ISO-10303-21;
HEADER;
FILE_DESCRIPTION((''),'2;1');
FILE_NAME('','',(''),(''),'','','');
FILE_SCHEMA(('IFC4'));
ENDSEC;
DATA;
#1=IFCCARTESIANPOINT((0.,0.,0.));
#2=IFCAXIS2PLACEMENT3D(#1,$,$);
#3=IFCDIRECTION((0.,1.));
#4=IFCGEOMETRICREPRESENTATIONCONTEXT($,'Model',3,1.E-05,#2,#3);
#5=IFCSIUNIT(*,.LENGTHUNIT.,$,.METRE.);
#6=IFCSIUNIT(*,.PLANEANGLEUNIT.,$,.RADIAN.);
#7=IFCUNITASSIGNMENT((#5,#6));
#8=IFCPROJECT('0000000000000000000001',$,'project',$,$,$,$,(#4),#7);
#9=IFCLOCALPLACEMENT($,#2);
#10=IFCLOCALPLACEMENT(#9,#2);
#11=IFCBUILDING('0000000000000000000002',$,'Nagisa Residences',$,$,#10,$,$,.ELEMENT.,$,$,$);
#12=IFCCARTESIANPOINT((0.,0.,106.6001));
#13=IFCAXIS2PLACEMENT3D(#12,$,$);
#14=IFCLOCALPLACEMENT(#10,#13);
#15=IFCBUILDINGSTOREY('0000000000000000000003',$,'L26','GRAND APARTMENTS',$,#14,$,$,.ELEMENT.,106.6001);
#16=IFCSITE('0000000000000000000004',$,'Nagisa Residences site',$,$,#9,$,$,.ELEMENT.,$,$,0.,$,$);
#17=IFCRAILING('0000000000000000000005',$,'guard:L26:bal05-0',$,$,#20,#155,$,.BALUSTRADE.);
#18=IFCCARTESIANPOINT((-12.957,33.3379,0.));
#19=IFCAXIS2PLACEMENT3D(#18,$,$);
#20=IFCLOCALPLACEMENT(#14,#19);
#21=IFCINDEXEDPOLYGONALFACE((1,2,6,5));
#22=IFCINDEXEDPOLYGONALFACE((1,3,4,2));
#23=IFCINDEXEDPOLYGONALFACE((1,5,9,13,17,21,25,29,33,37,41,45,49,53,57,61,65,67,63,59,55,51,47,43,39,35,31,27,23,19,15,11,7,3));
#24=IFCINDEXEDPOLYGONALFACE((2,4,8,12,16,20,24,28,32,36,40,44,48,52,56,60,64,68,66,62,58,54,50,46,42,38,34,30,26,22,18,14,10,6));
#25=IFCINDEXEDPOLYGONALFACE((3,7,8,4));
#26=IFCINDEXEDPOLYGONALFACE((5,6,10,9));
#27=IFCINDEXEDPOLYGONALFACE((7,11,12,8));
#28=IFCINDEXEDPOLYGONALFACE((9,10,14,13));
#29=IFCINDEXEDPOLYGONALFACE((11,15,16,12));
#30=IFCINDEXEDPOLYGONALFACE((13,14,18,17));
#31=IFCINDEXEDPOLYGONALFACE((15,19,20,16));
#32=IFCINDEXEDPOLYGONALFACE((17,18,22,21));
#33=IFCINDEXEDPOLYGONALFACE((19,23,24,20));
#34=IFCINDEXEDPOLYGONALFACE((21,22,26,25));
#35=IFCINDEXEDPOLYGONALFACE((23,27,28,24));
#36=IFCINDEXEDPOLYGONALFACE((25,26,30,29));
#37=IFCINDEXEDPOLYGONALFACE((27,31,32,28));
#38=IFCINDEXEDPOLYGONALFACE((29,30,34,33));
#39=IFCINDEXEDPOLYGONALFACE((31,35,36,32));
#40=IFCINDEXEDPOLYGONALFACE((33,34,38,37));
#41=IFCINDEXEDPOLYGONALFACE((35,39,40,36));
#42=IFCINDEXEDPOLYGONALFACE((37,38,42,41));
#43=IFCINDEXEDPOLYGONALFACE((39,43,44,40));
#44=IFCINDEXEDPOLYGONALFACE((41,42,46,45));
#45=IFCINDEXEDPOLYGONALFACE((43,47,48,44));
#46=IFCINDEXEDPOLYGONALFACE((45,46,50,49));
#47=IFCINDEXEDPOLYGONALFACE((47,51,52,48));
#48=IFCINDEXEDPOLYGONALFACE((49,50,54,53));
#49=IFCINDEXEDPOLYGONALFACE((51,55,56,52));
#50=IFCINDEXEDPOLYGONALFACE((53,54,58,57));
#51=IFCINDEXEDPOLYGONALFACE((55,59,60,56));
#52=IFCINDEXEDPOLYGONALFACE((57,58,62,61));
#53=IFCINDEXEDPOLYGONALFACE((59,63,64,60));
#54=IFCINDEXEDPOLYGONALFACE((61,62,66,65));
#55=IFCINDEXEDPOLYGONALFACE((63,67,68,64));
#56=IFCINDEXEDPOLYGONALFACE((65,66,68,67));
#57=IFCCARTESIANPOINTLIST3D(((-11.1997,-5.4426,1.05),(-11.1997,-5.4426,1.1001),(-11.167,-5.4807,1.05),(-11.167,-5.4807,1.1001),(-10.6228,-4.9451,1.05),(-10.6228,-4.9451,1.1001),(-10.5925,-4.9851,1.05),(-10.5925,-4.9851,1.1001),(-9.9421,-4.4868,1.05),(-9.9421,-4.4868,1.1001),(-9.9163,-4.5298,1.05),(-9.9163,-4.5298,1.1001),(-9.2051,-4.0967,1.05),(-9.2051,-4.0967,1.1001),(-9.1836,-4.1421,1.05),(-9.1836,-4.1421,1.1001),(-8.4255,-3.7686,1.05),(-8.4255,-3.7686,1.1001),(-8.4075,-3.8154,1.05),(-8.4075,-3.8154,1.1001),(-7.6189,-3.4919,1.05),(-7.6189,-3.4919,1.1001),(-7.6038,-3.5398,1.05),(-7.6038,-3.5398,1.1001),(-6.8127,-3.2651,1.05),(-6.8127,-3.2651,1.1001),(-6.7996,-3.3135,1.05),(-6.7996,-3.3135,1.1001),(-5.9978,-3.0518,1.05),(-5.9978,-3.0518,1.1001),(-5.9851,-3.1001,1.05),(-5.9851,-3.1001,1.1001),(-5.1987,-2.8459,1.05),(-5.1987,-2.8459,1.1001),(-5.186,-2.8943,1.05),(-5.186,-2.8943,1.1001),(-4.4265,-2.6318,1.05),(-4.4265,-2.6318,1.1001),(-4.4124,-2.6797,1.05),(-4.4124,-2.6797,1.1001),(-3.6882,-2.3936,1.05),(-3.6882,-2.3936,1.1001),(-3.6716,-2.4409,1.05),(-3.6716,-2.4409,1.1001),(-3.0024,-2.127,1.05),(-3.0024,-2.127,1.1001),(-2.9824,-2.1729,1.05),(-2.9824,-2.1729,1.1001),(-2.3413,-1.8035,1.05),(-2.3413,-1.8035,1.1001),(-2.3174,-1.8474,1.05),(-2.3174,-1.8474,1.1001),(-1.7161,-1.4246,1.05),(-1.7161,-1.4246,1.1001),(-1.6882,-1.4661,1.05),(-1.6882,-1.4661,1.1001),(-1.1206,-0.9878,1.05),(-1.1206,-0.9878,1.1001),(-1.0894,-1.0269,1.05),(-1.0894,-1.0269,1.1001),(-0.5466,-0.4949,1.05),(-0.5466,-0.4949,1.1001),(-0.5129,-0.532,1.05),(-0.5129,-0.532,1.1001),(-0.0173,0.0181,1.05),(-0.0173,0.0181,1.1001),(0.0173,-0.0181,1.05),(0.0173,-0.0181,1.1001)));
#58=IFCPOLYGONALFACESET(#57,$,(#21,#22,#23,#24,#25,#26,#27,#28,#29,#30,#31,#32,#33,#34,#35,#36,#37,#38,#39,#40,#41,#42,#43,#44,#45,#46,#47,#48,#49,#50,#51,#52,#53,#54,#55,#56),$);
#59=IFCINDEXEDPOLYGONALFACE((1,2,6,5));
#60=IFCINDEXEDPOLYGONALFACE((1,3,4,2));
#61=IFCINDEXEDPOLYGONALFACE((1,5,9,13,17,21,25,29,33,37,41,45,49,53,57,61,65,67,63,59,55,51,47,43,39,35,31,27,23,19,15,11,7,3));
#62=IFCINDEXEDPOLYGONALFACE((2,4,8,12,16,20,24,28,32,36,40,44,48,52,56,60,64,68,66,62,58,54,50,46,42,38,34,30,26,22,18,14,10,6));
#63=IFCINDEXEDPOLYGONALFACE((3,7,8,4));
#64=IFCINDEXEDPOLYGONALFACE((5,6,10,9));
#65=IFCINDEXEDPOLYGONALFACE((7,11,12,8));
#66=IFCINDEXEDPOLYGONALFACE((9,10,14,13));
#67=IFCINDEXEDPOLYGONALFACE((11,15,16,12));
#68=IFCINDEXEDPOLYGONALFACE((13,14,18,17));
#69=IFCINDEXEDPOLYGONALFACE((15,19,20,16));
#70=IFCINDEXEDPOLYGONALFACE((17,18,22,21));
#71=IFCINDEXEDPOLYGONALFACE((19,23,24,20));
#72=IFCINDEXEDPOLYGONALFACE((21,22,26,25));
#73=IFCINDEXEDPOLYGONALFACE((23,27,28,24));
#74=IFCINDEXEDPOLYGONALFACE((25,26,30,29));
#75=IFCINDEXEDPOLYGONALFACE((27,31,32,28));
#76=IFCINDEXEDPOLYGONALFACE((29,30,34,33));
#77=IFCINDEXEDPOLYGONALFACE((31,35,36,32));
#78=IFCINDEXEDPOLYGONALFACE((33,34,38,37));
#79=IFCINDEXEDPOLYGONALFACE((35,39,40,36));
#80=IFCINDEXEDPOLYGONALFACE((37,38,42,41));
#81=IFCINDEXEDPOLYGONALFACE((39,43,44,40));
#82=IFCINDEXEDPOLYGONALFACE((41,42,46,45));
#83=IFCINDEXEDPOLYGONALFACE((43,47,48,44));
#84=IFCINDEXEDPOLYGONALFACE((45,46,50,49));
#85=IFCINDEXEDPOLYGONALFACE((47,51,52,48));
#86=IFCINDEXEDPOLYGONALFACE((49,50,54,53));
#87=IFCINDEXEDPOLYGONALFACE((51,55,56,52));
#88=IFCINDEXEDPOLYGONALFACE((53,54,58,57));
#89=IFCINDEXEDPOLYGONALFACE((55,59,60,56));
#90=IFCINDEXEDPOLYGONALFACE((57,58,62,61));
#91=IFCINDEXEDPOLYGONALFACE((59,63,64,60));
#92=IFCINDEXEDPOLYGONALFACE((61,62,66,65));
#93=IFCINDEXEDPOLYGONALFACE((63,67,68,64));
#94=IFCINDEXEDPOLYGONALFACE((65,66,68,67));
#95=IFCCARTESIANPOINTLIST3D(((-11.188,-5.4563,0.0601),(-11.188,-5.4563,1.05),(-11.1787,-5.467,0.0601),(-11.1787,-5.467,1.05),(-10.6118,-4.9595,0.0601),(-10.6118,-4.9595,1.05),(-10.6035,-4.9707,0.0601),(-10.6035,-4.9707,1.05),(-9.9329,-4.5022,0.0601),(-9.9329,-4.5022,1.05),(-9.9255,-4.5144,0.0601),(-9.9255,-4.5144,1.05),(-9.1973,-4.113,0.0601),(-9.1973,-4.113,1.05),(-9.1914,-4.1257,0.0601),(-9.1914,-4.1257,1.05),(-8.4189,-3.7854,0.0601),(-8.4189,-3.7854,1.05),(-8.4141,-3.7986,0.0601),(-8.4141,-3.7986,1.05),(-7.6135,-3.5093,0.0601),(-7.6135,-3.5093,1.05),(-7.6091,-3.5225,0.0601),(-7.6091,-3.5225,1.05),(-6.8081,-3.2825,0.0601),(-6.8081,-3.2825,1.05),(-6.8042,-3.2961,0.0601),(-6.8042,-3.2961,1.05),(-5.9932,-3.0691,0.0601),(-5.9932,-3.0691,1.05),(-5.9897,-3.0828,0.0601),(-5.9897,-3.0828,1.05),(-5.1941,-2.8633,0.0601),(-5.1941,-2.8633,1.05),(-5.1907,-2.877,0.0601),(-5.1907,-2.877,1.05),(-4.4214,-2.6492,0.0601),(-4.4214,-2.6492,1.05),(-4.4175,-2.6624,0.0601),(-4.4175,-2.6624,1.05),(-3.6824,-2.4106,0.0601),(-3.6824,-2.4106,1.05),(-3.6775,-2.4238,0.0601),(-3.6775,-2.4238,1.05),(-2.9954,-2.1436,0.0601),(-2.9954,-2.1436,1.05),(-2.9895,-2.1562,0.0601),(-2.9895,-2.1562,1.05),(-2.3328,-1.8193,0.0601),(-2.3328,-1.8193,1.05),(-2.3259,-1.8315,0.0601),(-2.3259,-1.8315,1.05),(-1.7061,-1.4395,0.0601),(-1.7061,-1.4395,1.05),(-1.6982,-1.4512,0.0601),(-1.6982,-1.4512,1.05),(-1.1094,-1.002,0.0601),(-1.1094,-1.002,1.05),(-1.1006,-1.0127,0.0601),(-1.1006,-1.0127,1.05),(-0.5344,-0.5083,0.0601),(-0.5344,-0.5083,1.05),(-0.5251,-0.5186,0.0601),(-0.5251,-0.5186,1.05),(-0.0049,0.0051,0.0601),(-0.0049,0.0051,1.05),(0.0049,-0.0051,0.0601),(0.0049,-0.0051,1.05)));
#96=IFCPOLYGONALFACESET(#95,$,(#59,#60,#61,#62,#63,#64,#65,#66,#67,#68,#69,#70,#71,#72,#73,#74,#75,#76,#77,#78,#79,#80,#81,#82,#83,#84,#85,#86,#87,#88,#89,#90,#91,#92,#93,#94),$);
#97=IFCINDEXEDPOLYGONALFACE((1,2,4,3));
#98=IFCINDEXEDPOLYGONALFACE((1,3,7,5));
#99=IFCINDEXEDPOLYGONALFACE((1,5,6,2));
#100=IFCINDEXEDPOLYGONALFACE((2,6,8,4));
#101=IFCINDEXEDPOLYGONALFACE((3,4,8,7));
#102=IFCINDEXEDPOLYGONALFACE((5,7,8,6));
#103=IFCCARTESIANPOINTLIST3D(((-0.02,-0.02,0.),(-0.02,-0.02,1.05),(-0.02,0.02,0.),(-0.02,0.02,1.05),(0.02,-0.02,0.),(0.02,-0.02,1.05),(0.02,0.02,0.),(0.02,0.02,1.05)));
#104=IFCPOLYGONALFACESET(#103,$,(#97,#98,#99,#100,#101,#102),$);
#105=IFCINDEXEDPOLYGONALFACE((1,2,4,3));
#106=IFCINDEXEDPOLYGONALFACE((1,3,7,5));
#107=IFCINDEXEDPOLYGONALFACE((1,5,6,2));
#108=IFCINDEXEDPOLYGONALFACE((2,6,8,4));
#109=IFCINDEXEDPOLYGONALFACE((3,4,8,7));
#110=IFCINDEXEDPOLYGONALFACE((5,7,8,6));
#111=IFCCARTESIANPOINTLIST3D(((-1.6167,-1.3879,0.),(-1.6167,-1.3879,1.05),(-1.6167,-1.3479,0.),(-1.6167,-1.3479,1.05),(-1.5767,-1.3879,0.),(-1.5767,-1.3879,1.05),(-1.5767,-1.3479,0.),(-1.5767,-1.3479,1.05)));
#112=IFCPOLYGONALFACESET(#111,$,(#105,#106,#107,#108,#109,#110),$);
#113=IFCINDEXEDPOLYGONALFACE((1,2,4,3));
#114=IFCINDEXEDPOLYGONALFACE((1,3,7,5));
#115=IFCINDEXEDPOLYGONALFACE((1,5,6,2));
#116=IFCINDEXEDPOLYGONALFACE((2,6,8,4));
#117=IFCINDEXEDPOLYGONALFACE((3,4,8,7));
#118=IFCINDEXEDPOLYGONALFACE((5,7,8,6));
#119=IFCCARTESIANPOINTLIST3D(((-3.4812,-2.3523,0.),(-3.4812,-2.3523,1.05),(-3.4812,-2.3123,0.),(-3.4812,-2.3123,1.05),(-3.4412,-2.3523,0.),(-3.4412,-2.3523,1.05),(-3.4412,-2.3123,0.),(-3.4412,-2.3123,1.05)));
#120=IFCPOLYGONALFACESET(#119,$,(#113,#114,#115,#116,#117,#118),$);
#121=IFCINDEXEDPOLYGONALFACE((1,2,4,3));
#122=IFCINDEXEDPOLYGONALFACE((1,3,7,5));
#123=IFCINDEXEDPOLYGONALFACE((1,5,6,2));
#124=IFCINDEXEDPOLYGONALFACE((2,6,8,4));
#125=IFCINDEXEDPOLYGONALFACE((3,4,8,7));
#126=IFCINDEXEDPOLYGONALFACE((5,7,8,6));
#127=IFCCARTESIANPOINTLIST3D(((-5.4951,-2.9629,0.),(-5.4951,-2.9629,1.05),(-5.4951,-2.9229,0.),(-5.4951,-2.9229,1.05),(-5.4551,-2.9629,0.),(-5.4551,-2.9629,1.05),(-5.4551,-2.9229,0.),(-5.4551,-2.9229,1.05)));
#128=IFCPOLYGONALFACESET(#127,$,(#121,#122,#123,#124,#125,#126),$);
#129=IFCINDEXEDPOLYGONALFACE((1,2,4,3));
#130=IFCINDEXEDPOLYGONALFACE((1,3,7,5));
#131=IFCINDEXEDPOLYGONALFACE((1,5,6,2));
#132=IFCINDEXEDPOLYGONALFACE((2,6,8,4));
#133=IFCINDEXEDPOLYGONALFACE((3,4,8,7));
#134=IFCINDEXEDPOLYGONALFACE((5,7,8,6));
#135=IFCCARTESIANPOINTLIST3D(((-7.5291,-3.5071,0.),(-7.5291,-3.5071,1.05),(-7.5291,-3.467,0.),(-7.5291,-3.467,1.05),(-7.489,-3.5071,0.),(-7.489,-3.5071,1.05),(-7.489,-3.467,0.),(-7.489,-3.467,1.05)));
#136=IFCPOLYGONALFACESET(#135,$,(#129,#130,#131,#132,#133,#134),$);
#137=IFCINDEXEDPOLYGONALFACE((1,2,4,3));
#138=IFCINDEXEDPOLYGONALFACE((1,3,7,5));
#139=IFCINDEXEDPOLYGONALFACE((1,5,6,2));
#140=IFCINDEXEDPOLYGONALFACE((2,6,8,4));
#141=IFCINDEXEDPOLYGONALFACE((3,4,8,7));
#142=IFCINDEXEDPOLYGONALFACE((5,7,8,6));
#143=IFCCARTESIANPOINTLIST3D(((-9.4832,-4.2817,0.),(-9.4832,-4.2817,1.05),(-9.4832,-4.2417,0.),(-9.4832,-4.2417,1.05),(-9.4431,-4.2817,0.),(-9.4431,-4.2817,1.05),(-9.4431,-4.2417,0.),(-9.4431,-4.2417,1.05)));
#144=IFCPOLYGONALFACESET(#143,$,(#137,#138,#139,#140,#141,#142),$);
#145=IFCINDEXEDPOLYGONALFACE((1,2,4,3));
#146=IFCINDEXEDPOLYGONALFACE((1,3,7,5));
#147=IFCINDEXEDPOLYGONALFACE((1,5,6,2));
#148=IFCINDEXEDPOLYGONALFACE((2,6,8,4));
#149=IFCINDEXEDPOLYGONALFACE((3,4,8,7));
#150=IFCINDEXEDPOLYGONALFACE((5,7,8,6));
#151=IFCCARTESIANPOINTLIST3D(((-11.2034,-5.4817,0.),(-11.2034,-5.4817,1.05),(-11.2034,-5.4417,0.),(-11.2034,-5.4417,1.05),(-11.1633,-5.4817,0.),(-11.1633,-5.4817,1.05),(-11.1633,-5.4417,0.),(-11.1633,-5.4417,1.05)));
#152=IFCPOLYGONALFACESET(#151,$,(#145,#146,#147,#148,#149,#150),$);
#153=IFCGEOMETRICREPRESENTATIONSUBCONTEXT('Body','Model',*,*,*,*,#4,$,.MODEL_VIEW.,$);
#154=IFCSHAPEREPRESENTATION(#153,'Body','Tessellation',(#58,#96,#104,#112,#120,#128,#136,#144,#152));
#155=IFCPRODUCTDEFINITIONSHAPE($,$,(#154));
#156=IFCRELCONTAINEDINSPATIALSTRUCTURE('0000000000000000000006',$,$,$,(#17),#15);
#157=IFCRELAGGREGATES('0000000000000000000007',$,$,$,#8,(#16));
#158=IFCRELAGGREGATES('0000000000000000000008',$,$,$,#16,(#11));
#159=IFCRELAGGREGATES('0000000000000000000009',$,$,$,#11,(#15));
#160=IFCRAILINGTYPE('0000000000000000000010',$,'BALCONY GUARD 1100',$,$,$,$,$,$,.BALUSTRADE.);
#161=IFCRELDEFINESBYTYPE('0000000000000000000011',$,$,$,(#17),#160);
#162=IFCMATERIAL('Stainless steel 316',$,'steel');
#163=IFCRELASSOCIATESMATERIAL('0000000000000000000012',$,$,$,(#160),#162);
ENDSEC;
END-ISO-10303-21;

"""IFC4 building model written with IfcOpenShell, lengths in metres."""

from ifc_helpers import new_model, si_unit, direction, frame, origin, origin_2d, place, context, subcontext, project, spatial, polyline, rectangle, outline, extrude, material, type_object, element, save


model = new_model("IFC4")

# Units and contexts
model_context = context("Model", 3, precision=1e-05, world=origin(), true_north=direction((0.0, 1.0)))
body_context = subcontext(model_context, "Body", "Model", "MODEL_VIEW")
ifc_project = project(units=[si_unit("LENGTHUNIT", "METRE"), si_unit("PLANEANGLEUNIT", "RADIAN")], contexts=[model_context])

# Site, building, storey
site_placement = place(None, origin())
site = spatial("IfcSite", under=ifc_project, at=site_placement, Name="Nagisa Residences site", CompositionType="ELEMENT", RefElevation=0.0)
building_placement = place(site_placement, origin())
building = spatial("IfcBuilding", under=site, at=building_placement, Name="Nagisa Residences", CompositionType="ELEMENT")
storey_placement = place(building_placement, frame((0.0, 0.0, 106.6001)))
storey = spatial("IfcBuildingStorey", under=building, at=storey_placement, Name="L26", Description="GRAND APARTMENTS", CompositionType="ELEMENT", Elevation=106.6001)

# Railing
ifc_material_1 = material(Name="Stainless steel 316", Category="steel")
railing_type = type_object("IfcRailingType", Name="BALCONY GUARD 1100", PredefinedType="BALUSTRADE", material=ifc_material_1)
railing_1_placement = place(storey_placement, frame((-12.957, 33.3379, 0.0)))
element("IfcRailing", 1, at=railing_1_placement, inside=storey, type_object=railing_type, Name="guard:L26:bal05-0", PredefinedType="BALUSTRADE", context=body_context, shape_type="SweptSolid", body=[
    extrude(outline(polyline([(-0.5129, -0.532), (0.0173, -0.0181), (-0.0173, 0.0181), (-0.5466, -0.4949), (-1.1206, -0.9878), (-1.7161, -1.4246), (-2.3413, -1.8035), (-3.0024, -2.127), (-3.6882, -2.3936), (-4.4265, -2.6318), (-5.1987, -2.8459), (-5.9978, -3.0518), (-6.8127, -3.2651), (-7.6189, -3.4919), (-8.4255, -3.7686), (-9.2051, -4.0967), (-9.9421, -4.4868), (-10.6228, -4.9451), (-11.1997, -5.4426), (-11.167, -5.4807), (-10.5925, -4.9851), (-9.9163, -4.5298), (-9.1836, -4.1421), (-8.4075, -3.8154), (-7.6038, -3.5398), (-6.7996, -3.3135), (-5.9851, -3.1001), (-5.186, -2.8943), (-4.4124, -2.6797), (-3.6716, -2.4409), (-2.9824, -2.1729), (-2.3174, -1.8474), (-1.6882, -1.4661), (-1.0894, -1.0269), (-0.5129, -0.532)])), frame((0.0, 0.0, 1.05)), (0.0, 0.0, 1.0), 0.05),
    extrude(outline(polyline([(-0.5251, -0.5186), (0.0049, -0.0051), (-0.0049, 0.0051), (-0.5344, -0.5083), (-1.1094, -1.002), (-1.7061, -1.4395), (-2.3328, -1.8193), (-2.9954, -2.1436), (-3.6824, -2.4106), (-4.4214, -2.6492), (-5.1941, -2.8633), (-5.9932, -3.0691), (-6.8081, -3.2825), (-7.6135, -3.5093), (-8.4189, -3.7854), (-9.1973, -4.113), (-9.9329, -4.5022), (-10.6118, -4.9595), (-11.188, -5.4563), (-11.1787, -5.467), (-10.6035, -4.9707), (-9.9255, -4.5144), (-9.1914, -4.1257), (-8.4141, -3.7986), (-7.6091, -3.5225), (-6.8042, -3.2961), (-5.9897, -3.0828), (-5.1907, -2.877), (-4.4175, -2.6624), (-3.6775, -2.4238), (-2.9895, -2.1562), (-2.3259, -1.8315), (-1.6982, -1.4512), (-1.1006, -1.0127), (-0.5251, -0.5186)])), frame((0.0, 0.0, 0.0601)), (0.0, 0.0, 1.0), 0.99),
    extrude(rectangle(XDim=0.04, YDim=0.04, at=origin_2d()), origin(), (0.0, 0.0, 1.0), 1.05),
    extrude(rectangle(XDim=0.04, YDim=0.04, at=origin_2d()), frame((-1.5967, -1.3679, 0.0)), (0.0, 0.0, 1.0), 1.05),
    extrude(rectangle(XDim=0.04, YDim=0.04, at=origin_2d()), frame((-3.4612, -2.3323, 0.0)), (0.0, 0.0, 1.0), 1.05),
    extrude(rectangle(XDim=0.04, YDim=0.04, at=origin_2d()), frame((-5.4751, -2.9429, 0.0)), (0.0, 0.0, 1.0), 1.05),
    extrude(rectangle(XDim=0.04, YDim=0.04, at=origin_2d()), frame((-7.509, -3.4871, 0.0)), (0.0, 0.0, 1.0), 1.05),
    extrude(rectangle(XDim=0.04, YDim=0.04, at=origin_2d()), frame((-9.4631, -4.2617, 0.0)), (0.0, 0.0, 1.0), 1.05),
    extrude(rectangle(XDim=0.04, YDim=0.04, at=origin_2d()), frame((-11.1833, -5.4617, 0.0)), (0.0, 0.0, 1.0), 1.05),
])

save(model, "model.ifc")
